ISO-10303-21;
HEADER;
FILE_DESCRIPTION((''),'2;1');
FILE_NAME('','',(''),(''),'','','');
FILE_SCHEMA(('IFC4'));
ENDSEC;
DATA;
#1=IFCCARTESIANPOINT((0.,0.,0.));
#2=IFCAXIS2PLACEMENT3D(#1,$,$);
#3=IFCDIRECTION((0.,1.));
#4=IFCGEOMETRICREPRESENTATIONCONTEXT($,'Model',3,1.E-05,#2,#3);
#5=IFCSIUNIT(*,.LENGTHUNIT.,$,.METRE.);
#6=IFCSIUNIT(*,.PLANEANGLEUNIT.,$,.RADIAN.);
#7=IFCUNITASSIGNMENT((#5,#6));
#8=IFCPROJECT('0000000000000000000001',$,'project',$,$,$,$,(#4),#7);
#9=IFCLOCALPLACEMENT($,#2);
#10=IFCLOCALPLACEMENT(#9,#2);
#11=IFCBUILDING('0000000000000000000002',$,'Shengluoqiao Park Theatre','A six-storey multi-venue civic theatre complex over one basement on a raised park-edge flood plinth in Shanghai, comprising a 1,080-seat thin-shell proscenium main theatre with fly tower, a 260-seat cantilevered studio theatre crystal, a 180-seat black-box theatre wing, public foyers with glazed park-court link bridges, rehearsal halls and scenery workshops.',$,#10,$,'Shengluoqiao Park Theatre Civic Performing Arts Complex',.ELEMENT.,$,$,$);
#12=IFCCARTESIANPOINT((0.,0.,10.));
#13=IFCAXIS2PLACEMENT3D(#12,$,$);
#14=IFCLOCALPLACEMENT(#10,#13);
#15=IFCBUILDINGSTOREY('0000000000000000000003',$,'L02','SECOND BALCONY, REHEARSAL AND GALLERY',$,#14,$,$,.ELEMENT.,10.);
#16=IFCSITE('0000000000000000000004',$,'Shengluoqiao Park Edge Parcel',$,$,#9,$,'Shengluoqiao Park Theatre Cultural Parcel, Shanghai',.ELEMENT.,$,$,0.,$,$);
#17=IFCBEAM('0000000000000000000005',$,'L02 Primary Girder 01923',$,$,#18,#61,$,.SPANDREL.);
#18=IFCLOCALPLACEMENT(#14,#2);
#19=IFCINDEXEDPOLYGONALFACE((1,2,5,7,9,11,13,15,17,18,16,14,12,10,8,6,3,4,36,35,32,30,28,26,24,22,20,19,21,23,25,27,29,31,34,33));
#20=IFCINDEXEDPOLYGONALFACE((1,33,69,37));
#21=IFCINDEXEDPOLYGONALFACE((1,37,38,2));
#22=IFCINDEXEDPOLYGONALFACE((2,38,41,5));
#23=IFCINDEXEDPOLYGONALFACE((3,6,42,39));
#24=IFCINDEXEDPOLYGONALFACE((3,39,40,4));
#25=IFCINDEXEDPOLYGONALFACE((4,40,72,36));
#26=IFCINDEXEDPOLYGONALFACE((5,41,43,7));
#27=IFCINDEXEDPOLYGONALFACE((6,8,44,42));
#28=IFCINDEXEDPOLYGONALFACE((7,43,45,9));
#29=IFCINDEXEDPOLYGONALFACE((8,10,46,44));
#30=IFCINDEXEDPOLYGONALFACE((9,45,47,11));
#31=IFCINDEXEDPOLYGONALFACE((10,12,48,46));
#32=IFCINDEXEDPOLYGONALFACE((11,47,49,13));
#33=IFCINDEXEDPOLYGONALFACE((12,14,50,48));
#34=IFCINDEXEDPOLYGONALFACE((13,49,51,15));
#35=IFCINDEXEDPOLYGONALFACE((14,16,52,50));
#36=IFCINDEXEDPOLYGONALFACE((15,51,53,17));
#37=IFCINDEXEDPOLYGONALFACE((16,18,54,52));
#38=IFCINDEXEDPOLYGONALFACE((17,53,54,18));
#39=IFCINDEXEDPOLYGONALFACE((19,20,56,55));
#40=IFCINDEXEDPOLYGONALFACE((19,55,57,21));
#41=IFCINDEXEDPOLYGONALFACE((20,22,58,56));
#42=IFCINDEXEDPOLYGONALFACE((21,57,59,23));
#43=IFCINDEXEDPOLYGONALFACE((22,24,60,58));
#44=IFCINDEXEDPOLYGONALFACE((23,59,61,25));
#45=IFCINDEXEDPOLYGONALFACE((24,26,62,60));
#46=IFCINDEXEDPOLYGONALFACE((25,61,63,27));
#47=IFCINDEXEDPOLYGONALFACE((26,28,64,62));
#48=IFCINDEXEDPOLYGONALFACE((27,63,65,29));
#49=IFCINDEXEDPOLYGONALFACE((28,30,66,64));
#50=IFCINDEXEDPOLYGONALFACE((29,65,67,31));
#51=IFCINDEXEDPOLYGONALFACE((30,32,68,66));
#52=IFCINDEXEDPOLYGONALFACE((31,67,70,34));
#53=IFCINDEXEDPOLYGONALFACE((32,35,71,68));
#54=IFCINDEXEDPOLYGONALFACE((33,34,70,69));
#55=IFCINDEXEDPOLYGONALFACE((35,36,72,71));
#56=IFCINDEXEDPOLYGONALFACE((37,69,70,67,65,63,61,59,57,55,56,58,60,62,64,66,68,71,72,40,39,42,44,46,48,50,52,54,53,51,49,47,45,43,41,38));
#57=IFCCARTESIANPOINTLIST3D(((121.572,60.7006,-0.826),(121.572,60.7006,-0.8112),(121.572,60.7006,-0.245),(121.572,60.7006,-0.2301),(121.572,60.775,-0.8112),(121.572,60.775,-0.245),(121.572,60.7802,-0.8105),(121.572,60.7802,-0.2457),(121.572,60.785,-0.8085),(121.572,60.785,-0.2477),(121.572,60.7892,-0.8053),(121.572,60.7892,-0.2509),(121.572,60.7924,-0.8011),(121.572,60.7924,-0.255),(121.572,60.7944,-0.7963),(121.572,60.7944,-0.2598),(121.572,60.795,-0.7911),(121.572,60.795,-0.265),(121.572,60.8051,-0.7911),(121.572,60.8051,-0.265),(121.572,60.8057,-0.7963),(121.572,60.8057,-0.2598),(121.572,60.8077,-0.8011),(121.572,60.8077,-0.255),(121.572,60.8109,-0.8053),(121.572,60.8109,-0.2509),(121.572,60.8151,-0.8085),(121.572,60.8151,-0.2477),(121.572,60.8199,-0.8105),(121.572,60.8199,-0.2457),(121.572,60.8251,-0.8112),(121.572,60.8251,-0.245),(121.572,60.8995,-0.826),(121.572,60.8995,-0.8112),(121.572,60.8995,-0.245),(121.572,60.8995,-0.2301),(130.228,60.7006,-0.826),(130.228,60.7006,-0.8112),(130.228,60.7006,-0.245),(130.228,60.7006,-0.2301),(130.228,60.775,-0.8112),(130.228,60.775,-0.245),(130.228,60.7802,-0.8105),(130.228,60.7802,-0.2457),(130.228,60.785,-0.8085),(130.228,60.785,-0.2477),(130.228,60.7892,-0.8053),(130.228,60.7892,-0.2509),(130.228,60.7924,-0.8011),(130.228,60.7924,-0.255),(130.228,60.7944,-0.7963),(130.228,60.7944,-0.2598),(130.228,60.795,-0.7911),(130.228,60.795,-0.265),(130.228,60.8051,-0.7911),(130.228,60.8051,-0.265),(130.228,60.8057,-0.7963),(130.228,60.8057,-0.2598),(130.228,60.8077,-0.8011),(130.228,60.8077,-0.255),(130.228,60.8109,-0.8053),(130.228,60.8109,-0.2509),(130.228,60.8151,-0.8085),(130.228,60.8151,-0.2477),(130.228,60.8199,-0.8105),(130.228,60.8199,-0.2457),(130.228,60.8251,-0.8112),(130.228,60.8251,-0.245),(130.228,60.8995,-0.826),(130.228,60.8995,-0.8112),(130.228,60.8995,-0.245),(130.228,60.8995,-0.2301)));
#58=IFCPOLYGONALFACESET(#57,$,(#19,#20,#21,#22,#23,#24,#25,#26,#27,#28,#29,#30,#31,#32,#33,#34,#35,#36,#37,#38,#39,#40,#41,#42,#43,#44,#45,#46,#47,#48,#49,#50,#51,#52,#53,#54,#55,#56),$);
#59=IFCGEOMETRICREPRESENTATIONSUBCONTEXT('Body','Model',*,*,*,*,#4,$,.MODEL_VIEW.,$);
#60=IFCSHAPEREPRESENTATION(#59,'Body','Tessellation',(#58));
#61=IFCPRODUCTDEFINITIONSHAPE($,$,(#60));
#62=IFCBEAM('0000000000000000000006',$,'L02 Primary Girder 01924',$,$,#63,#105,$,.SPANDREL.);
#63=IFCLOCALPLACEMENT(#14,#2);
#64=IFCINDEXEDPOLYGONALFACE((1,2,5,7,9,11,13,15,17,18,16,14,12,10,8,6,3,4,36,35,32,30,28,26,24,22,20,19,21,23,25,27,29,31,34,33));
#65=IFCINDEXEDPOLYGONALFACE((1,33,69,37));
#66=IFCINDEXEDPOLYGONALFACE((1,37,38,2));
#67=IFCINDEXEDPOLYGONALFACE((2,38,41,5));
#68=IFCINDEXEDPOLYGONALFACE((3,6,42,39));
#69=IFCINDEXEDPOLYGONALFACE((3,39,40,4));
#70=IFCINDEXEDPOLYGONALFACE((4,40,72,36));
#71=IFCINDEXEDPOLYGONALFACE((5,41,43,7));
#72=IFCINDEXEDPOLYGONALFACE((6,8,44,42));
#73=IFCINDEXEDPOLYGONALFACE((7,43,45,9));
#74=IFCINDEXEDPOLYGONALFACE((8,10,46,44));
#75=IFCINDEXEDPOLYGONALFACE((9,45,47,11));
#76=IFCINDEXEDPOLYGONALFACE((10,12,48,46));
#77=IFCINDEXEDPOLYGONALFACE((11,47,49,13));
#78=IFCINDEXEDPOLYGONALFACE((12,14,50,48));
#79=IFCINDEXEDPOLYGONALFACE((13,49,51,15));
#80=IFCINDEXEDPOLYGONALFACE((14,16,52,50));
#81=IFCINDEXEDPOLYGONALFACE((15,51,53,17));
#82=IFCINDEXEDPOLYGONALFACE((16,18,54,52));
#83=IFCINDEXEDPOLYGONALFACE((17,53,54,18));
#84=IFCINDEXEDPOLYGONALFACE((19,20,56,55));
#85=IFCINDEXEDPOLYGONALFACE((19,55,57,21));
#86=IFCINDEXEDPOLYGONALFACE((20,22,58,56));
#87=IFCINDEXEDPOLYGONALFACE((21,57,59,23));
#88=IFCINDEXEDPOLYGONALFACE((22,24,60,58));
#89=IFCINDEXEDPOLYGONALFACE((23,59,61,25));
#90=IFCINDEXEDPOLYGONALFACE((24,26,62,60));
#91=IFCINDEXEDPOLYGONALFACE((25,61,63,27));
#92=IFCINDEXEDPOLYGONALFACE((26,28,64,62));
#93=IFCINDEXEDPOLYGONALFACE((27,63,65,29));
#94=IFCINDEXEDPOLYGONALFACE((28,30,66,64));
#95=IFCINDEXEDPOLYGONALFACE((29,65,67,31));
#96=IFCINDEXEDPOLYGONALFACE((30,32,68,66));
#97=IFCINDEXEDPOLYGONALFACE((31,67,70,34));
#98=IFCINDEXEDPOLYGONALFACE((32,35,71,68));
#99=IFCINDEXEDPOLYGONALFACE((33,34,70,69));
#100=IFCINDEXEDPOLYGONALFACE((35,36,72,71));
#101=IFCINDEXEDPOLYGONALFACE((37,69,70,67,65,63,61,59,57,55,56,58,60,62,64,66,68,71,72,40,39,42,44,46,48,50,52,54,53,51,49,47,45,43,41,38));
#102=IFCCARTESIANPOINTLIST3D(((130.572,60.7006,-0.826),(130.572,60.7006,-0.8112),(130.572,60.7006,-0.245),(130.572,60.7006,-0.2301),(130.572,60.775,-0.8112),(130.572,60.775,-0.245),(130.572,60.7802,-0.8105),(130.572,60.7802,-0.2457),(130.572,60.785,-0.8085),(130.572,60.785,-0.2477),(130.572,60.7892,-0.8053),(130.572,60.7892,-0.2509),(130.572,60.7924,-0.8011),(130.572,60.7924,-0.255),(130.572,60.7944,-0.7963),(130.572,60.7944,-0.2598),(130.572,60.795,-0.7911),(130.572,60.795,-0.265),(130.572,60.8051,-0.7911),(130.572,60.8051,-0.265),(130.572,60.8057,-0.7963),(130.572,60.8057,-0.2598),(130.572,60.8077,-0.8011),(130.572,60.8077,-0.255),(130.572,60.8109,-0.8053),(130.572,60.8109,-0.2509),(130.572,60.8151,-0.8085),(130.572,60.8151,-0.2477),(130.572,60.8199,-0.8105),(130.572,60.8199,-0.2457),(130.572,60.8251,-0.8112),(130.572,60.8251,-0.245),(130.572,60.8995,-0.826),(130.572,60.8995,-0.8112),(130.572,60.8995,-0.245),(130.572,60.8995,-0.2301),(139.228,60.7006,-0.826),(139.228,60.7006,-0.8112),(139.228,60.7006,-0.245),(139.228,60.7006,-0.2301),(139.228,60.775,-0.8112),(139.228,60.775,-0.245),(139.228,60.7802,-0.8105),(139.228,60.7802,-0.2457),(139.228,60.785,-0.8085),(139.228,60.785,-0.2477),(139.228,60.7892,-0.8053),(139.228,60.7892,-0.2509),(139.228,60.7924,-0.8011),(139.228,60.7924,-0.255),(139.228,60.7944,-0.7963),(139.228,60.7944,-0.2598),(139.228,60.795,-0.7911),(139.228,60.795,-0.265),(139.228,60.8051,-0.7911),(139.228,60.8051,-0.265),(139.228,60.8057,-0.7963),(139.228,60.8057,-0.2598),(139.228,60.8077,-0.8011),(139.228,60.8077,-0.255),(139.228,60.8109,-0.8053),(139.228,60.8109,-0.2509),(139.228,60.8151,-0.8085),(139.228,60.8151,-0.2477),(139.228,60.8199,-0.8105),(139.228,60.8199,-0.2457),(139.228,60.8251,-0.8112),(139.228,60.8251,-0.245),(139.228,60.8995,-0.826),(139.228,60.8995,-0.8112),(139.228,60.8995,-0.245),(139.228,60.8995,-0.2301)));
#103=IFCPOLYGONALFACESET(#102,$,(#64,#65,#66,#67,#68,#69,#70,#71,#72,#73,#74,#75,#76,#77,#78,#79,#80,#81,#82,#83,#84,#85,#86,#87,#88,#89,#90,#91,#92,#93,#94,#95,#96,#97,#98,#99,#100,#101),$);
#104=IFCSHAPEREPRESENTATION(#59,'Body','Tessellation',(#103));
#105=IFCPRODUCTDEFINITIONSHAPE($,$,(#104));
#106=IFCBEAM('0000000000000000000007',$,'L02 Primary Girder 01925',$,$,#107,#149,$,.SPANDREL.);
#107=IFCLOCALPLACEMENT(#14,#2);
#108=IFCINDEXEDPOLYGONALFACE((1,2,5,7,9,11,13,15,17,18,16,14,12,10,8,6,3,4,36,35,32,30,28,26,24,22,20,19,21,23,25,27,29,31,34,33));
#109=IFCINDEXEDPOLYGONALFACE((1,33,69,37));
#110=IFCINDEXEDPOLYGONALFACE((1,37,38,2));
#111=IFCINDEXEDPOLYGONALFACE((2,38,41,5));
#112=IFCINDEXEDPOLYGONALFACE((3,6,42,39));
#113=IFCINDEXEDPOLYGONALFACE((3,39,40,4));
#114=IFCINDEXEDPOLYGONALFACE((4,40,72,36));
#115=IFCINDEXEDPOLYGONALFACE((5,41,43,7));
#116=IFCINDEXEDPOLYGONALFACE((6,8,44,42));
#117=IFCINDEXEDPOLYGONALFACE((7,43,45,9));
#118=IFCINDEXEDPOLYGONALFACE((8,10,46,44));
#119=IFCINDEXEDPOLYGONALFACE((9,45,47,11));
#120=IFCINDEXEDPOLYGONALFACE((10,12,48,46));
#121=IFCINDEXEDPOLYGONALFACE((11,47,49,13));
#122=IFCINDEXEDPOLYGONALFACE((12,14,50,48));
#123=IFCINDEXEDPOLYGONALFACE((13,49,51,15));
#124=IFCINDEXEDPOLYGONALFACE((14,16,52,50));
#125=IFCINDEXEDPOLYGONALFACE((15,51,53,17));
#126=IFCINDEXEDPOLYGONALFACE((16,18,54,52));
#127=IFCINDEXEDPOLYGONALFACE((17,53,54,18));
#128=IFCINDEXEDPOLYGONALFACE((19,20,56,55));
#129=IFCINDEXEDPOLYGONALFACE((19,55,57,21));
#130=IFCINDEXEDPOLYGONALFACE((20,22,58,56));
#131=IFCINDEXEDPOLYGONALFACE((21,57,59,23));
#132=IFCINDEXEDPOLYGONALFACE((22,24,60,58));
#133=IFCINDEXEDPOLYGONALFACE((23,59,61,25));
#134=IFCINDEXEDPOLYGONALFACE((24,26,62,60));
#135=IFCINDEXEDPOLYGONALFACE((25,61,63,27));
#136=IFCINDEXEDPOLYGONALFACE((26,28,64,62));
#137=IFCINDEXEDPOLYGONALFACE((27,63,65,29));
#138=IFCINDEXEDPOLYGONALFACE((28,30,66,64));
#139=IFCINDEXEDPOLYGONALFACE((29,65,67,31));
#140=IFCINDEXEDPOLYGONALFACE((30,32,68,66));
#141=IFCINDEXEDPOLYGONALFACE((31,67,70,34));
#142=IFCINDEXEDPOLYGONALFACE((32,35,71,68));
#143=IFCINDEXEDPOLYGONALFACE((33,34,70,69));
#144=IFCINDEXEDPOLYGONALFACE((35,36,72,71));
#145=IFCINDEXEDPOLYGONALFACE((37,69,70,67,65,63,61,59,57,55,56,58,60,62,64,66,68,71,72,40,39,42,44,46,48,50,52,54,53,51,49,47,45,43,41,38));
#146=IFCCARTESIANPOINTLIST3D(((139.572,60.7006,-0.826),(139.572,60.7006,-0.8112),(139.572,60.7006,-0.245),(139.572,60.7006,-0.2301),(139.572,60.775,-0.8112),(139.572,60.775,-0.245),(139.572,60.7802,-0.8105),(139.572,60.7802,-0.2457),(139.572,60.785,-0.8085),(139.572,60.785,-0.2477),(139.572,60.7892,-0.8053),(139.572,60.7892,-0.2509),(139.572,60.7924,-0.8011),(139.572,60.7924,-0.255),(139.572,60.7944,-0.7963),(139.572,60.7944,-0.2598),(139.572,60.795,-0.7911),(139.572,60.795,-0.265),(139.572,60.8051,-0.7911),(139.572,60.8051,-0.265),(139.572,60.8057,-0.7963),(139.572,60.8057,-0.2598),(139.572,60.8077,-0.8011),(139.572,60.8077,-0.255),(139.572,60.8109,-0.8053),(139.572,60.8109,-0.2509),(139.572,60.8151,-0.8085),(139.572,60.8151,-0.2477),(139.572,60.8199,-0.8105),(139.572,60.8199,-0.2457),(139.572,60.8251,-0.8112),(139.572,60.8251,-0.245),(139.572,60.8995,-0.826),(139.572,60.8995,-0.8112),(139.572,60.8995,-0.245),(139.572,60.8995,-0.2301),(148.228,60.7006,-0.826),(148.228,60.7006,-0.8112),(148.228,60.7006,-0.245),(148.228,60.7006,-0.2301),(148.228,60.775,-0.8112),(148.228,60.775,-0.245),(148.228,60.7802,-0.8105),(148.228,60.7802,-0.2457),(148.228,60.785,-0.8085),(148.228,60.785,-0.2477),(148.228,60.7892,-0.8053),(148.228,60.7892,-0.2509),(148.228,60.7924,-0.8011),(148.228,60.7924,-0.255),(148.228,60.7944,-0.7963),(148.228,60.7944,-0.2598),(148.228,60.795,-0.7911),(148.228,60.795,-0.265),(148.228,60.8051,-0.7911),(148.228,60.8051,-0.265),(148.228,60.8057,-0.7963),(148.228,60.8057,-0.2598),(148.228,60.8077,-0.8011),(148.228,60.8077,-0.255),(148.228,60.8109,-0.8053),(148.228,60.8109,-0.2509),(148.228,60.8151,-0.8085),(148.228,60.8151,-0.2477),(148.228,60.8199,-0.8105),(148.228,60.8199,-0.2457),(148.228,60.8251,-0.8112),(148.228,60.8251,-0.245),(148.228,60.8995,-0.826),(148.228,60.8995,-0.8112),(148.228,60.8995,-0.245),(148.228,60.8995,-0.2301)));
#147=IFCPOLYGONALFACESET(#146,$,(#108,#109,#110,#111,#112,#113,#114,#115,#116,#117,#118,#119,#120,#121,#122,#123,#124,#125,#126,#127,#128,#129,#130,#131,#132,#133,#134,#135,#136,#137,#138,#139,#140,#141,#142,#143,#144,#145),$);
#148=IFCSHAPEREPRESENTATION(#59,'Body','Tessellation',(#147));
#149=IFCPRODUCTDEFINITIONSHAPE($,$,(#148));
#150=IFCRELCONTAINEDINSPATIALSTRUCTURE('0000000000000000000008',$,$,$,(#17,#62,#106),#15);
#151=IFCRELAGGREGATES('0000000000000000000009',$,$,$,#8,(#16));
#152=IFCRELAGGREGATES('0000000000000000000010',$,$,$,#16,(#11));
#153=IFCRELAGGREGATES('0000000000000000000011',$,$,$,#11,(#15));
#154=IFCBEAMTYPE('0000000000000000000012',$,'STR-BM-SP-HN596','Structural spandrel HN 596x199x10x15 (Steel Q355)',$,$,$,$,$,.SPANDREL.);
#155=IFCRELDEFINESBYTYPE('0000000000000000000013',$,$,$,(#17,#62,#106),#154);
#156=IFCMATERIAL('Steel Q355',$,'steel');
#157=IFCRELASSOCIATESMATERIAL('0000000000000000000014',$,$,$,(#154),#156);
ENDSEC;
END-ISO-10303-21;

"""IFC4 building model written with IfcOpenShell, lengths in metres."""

from ifc_helpers import new_model, si_unit, direction, frame, origin, origin_2d, place, context, subcontext, project, spatial, i_section, extrude, material, material_profile, profile_set, type_object, element, save


model = new_model("IFC4")

# Units and contexts
model_context = context("Model", 3, precision=1e-05, world=origin(), true_north=direction((0.0, 1.0)))
body_context = subcontext(model_context, "Body", "Model", "MODEL_VIEW")
ifc_project = project(units=[si_unit("LENGTHUNIT", "METRE"), si_unit("PLANEANGLEUNIT", "RADIAN")], contexts=[model_context])

# Site, building, storey
site_placement = place(None, origin())
site = spatial("IfcSite", under=ifc_project, at=site_placement, Name="Shengluoqiao Park Edge Parcel", LongName="Shengluoqiao Park Theatre Cultural Parcel, Shanghai", CompositionType="ELEMENT", RefElevation=0.0)
building_placement = place(site_placement, origin())
building = spatial("IfcBuilding", under=site, at=building_placement, Name="Shengluoqiao Park Theatre", Description="A six-storey multi-venue civic theatre complex over one basement on a raised park-edge flood plinth in Shanghai, comprising a 1,080-seat thin-shell proscenium main theatre with fly tower, a 260-seat cantilevered studio theatre crystal, a 180-seat black-box theatre wing, public foyers with glazed park-court link bridges, rehearsal halls and scenery workshops.", LongName="Shengluoqiao Park Theatre Civic Performing Arts Complex", CompositionType="ELEMENT")
storey_placement = place(building_placement, frame((0.0, 0.0, 10.0)))
storey = spatial("IfcBuildingStorey", under=building, at=storey_placement, Name="L02", Description="SECOND BALCONY, REHEARSAL AND GALLERY", CompositionType="ELEMENT", Elevation=10.0)

# Beams
ifc_material_1 = material(Name="Steel Q355", Category="steel")
ifc_material_profile_1 = material_profile(ifc_material_1, i_section(OverallWidth=0.199, OverallDepth=0.5959, WebThickness=0.01, FlangeThickness=0.0149, FilletRadius=0.02, at=origin_2d()), Name="HN 596x199x10x15")
ifc_profile_set_1 = profile_set([ifc_material_profile_1], Name="Steel Q355")
beam_type_1 = type_object("IfcBeamType", Name="STR-BM-SP-HN596", Description="Structural spandrel HN 596x199x10x15 (Steel Q355)", PredefinedType="SPANDREL", material=ifc_profile_set_1)
for number, where, z_axis, x_axis, name in (
    (1, (121.572, 60.8, -0.5281), (1.0, 0.0, 0.0), (0.0, 1.0, 0.0), "L02 Primary Girder 01923"),
    (2, (130.572, 60.8, -0.5281), (1.0, 0.0, 0.0), (0.0, 1.0, 0.0), "L02 Primary Girder 01924"),
    (3, (139.572, 60.8, -0.5281), (1.0, 0.0, 0.0), (0.0, 1.0, 0.0), "L02 Primary Girder 01925"),
):
    element("IfcBeam", number, at=place(storey_placement, frame(where, z_axis=z_axis, x_axis=x_axis)), inside=storey, type_object=beam_type_1, Name=name, PredefinedType="SPANDREL", context=body_context, shape_type="SweptSolid", body=[
        extrude(i_section(OverallWidth=0.199, OverallDepth=0.5959, WebThickness=0.01, FlangeThickness=0.0149, FilletRadius=0.02, at=origin_2d()), origin(), (0.0, 0.0, 1.0), 8.656),
    ])

save(model, "model.ifc")
